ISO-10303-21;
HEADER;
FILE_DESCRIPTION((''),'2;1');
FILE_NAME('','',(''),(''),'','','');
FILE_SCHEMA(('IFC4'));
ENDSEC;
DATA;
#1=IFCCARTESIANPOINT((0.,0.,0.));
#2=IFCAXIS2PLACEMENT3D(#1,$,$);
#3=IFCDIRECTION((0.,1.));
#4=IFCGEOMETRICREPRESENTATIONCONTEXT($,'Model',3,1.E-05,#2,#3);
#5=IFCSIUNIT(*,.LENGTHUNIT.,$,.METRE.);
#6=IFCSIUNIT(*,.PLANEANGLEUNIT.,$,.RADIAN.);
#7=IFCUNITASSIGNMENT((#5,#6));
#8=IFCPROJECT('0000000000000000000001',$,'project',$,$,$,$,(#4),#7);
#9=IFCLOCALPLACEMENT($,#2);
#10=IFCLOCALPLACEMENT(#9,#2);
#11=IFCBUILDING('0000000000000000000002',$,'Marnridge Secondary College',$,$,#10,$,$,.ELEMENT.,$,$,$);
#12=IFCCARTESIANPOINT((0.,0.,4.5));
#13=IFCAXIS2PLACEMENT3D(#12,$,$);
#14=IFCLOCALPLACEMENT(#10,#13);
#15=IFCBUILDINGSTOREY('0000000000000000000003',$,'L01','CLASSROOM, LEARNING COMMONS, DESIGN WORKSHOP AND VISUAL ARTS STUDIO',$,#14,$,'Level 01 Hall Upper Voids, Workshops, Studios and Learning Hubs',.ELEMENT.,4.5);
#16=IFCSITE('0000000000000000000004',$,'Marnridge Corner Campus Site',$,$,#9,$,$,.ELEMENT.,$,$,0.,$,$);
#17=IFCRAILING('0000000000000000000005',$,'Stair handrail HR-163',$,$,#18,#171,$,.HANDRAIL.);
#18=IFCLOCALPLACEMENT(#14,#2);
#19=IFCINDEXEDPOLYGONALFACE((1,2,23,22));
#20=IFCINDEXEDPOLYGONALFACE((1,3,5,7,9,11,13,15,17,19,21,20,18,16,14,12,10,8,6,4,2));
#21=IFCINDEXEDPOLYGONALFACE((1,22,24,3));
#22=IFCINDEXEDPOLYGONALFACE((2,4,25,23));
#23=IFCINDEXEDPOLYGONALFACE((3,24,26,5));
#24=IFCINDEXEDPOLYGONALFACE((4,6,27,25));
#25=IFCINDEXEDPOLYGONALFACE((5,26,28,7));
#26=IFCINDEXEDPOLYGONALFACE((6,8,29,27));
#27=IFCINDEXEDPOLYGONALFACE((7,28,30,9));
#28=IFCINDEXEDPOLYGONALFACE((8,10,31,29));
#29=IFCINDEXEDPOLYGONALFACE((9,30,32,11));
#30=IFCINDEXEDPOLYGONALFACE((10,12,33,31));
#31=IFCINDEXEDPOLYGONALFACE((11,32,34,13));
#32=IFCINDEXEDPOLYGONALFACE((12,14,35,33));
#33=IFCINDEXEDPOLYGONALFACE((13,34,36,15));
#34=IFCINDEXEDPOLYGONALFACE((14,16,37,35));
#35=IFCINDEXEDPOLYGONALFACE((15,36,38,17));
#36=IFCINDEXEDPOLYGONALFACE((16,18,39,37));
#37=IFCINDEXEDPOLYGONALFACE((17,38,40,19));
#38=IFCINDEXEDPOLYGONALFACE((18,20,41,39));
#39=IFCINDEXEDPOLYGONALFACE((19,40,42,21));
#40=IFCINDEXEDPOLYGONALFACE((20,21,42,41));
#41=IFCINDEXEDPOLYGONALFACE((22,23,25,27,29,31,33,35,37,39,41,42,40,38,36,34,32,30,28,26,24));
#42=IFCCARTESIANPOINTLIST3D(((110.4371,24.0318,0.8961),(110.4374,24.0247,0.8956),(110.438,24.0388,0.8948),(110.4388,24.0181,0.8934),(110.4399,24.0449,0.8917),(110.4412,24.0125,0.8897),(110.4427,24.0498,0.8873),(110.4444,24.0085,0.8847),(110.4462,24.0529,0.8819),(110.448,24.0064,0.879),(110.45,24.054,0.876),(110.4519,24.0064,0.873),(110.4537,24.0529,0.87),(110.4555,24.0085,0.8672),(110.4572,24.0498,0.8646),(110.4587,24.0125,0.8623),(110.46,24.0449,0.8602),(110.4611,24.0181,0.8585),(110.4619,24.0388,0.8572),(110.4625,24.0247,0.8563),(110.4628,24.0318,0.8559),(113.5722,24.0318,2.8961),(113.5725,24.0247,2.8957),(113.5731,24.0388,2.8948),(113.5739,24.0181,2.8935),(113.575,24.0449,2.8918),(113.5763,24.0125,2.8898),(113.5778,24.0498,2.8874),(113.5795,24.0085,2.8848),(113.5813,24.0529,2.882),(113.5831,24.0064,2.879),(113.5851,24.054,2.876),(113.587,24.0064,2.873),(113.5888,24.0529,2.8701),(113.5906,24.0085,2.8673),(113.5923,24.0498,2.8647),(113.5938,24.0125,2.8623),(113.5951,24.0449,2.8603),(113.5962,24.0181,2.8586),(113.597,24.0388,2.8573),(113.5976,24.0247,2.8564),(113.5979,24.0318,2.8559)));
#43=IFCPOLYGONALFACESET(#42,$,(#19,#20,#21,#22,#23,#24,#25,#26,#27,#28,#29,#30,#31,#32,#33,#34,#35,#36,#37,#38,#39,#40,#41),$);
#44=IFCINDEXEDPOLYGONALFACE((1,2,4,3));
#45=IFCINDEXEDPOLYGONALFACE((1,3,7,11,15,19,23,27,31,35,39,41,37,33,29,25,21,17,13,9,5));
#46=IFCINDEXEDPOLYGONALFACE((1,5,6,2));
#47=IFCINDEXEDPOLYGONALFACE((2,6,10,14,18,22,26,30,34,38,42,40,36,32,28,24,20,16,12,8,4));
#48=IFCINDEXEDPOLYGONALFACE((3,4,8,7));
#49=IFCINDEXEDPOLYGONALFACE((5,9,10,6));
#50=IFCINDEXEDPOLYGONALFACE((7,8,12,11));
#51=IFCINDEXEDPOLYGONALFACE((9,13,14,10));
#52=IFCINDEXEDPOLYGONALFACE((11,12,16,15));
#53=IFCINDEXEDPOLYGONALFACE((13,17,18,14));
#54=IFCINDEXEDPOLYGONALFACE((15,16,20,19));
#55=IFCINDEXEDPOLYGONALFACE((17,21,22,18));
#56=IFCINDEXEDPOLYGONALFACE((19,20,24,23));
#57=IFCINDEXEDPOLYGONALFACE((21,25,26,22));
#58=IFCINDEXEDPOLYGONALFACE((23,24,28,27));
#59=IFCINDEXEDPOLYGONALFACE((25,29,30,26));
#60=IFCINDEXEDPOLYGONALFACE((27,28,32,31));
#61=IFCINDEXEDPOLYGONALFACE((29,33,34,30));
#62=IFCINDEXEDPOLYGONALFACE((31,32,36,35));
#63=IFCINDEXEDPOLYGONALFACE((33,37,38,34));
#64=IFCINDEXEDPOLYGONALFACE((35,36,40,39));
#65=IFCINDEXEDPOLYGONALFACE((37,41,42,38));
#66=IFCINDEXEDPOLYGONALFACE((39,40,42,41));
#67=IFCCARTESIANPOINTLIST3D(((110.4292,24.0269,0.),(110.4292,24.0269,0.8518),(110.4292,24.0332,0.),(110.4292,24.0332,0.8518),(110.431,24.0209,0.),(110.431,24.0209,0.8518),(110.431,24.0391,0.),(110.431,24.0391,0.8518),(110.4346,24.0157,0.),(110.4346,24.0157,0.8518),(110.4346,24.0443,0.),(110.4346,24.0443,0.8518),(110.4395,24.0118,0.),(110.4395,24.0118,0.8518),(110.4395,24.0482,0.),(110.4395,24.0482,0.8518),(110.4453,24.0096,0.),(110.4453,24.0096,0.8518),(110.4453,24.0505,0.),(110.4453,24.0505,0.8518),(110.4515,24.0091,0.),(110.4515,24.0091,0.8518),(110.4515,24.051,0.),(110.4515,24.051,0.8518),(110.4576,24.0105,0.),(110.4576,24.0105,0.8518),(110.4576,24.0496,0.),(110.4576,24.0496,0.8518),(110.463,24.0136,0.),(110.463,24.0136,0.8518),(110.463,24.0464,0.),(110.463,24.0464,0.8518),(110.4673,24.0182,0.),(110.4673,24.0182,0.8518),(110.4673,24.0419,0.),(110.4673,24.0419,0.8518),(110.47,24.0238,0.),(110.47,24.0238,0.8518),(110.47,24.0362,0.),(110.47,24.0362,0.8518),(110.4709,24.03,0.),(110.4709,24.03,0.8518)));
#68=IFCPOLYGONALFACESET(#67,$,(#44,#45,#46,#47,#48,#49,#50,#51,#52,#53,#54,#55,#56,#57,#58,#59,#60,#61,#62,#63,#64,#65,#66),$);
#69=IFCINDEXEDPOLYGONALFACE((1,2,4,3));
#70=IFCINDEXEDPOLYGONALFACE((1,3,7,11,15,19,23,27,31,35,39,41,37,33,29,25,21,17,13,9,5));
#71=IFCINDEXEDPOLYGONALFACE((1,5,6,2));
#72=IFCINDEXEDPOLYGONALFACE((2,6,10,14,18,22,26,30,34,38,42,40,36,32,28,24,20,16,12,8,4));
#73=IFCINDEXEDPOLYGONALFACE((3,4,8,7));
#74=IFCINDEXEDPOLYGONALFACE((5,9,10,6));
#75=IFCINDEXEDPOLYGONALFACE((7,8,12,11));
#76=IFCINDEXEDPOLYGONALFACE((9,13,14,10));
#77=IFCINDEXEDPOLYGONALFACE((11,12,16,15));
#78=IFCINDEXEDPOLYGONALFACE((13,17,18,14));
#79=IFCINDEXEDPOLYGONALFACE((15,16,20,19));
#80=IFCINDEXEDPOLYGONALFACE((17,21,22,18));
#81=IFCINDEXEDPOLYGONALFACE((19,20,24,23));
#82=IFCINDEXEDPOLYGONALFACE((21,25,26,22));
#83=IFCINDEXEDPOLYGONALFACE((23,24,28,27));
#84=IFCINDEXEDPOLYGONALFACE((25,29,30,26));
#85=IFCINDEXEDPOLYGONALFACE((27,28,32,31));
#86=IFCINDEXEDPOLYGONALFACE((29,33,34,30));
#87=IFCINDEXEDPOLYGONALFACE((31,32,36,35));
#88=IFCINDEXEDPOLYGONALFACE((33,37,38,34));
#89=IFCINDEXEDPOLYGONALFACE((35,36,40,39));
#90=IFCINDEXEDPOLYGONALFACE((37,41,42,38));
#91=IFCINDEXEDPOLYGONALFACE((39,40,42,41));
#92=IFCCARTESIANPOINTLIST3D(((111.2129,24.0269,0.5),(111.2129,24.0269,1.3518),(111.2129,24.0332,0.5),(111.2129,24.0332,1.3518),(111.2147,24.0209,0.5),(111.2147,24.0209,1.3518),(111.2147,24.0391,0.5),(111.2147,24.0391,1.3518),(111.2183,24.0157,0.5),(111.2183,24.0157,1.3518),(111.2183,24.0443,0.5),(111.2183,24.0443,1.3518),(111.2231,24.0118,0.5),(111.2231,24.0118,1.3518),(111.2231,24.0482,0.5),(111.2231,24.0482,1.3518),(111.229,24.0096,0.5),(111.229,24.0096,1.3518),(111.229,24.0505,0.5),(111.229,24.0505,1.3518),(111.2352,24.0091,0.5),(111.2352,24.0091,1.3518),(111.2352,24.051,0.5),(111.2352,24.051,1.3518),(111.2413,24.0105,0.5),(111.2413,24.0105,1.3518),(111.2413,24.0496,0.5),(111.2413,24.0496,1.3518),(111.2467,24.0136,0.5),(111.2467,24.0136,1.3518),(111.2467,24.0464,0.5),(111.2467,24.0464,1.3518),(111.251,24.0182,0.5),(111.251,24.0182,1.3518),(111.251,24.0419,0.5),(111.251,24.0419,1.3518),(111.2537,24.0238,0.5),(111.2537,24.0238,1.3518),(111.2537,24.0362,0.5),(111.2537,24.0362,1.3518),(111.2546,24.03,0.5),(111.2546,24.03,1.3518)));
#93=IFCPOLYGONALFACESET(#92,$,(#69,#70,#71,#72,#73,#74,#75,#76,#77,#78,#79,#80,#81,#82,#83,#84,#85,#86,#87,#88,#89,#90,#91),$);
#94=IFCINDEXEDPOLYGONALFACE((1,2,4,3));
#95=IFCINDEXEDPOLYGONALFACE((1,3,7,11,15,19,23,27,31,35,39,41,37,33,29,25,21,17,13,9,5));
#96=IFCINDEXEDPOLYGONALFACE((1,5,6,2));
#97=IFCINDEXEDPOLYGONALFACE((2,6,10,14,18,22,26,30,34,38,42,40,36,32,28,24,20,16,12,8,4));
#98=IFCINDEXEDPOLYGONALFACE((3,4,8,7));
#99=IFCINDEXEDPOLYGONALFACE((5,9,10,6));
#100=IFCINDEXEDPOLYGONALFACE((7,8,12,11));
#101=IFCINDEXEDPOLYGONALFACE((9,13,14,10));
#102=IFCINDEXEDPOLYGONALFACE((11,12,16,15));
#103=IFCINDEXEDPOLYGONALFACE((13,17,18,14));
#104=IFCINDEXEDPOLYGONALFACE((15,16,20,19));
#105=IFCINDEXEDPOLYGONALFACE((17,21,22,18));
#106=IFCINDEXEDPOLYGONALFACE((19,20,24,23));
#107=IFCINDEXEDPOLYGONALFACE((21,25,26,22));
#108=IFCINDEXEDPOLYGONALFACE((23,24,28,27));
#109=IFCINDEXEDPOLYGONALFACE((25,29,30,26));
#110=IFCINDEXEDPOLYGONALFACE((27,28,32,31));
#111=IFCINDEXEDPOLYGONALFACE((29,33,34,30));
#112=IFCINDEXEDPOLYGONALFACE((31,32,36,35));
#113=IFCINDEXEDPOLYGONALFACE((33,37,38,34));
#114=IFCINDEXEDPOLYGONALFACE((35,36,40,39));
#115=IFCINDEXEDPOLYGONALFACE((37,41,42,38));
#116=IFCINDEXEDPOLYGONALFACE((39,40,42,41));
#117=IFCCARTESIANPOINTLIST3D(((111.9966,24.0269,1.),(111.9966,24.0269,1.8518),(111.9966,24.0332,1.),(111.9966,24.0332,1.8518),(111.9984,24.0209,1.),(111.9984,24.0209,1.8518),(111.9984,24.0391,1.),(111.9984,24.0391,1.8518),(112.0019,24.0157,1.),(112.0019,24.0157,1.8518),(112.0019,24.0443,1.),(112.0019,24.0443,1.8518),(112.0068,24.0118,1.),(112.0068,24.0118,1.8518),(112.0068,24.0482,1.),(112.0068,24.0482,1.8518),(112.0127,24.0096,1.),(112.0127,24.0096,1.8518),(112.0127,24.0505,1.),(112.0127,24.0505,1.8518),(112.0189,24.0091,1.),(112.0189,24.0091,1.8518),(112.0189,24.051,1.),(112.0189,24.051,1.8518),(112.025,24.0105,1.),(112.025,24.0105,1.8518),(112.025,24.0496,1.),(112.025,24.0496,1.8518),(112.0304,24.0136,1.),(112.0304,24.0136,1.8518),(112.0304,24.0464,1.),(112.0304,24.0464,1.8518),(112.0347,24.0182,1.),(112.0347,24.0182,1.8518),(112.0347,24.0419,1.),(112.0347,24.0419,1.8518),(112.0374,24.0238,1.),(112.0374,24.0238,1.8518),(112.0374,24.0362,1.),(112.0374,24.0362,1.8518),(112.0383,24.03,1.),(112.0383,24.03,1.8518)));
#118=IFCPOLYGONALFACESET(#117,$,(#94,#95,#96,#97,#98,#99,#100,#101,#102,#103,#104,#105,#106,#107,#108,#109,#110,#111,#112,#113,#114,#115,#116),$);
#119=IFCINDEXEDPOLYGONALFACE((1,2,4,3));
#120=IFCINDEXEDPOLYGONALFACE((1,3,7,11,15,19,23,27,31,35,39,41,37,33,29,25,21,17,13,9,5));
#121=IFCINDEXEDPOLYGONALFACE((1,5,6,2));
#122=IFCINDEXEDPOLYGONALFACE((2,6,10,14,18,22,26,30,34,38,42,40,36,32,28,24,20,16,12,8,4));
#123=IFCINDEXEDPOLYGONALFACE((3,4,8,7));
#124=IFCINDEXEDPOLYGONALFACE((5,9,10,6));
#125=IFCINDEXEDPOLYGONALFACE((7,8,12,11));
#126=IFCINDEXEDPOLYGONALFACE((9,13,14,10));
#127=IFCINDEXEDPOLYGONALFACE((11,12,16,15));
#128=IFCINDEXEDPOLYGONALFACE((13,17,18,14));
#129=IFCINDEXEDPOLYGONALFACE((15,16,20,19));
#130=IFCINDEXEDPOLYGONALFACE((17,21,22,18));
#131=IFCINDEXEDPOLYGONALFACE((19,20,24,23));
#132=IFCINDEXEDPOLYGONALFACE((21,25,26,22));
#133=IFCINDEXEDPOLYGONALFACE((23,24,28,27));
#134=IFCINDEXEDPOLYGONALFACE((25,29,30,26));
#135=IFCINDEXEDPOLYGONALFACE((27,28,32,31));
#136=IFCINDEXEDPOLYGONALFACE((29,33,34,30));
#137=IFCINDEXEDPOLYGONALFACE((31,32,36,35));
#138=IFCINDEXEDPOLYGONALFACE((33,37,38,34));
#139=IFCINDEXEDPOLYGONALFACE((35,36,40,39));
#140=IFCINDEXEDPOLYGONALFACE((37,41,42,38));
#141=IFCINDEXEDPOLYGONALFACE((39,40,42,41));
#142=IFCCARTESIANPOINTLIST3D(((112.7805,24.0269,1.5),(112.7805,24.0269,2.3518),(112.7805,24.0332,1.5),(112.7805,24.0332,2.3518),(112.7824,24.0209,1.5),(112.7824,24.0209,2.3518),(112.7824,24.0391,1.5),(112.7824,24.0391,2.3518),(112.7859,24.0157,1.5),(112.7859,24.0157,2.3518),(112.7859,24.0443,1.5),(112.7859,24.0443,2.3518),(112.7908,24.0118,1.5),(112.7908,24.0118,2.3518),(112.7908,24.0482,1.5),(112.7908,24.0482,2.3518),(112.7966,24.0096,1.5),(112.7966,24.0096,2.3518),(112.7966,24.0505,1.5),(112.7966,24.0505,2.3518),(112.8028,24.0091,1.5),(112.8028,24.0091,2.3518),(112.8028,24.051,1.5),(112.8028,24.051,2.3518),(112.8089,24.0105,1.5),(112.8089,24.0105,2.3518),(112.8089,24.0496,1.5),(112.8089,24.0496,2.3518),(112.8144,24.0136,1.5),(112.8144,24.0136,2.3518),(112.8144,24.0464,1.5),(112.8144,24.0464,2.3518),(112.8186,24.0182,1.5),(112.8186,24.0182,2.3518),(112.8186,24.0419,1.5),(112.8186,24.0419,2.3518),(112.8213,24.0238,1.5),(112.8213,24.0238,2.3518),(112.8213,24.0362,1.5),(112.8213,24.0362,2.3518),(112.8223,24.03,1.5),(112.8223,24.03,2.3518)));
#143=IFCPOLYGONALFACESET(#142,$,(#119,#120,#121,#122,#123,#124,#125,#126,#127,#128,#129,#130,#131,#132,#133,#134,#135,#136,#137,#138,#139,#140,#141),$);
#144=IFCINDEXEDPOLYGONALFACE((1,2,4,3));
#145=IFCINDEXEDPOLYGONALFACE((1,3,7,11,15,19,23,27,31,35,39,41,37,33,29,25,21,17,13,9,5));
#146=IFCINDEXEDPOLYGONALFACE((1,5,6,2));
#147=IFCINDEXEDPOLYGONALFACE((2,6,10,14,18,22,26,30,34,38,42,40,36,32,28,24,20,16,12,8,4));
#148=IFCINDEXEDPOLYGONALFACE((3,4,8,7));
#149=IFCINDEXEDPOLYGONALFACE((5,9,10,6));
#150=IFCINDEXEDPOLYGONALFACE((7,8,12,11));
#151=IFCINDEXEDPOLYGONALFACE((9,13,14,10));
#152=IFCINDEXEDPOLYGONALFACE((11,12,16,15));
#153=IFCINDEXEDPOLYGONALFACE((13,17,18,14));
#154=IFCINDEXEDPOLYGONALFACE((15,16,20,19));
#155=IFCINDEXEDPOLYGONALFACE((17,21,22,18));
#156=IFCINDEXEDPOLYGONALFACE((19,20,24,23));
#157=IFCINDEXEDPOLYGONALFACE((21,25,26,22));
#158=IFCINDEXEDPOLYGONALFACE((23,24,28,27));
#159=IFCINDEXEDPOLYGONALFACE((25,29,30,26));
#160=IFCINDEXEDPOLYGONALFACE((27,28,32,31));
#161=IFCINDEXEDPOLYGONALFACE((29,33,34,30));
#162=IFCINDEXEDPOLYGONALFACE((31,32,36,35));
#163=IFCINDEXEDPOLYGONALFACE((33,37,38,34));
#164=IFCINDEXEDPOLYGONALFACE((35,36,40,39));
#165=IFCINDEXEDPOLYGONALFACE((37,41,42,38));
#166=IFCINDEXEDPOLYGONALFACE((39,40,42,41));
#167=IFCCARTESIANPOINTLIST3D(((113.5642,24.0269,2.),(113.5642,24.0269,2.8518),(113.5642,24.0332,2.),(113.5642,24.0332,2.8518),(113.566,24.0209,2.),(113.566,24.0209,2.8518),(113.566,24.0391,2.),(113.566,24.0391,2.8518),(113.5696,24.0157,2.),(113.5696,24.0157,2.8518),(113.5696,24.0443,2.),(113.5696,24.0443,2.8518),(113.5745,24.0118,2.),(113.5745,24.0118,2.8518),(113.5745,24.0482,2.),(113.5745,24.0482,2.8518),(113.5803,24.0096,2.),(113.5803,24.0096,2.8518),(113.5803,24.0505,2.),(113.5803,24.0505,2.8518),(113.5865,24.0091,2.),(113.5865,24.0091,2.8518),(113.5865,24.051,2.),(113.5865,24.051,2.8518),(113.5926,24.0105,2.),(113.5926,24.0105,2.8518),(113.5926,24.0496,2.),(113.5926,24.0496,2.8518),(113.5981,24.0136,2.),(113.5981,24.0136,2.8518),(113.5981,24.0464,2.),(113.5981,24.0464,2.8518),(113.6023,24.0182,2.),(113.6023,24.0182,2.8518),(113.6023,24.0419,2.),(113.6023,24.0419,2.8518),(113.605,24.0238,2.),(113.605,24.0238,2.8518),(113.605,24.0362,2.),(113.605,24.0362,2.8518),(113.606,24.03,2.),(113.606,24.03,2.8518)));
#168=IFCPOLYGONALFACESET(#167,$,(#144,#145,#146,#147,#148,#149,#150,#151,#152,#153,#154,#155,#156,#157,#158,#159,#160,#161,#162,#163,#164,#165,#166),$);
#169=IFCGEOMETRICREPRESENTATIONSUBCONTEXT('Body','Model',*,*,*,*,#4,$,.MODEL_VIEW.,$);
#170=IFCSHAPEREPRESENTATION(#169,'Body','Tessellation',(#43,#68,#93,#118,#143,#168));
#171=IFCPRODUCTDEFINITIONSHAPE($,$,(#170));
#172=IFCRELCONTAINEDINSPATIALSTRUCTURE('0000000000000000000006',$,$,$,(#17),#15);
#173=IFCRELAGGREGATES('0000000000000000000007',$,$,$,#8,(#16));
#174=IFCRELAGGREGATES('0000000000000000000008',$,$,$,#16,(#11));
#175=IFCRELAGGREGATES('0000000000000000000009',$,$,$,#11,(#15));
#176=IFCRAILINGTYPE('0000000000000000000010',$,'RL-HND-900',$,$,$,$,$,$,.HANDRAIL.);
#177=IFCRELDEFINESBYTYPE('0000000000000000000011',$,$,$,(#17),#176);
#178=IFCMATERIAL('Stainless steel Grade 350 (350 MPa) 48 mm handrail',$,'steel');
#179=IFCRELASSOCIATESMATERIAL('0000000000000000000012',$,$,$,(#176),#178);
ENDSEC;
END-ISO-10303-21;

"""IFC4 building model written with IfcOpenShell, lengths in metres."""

from ifc_helpers import new_model, si_unit, direction, frame, origin, origin_2d, place, context, subcontext, project, spatial, circle, extrude, material, type_object, element, save


model = new_model("IFC4")

# Units and contexts
model_context = context("Model", 3, precision=1e-05, world=origin(), true_north=direction((0.0, 1.0)))
body_context = subcontext(model_context, "Body", "Model", "MODEL_VIEW")
ifc_project = project(units=[si_unit("LENGTHUNIT", "METRE"), si_unit("PLANEANGLEUNIT", "RADIAN")], contexts=[model_context])

# Site, building, storey
site_placement = place(None, origin())
site = spatial("IfcSite", under=ifc_project, at=site_placement, Name="Marnridge Corner Campus Site", CompositionType="ELEMENT", RefElevation=0.0)
building_placement = place(site_placement, origin())
building = spatial("IfcBuilding", under=site, at=building_placement, Name="Marnridge Secondary College", CompositionType="ELEMENT")
storey_placement = place(building_placement, frame((0.0, 0.0, 4.5)))
storey = spatial("IfcBuildingStorey", under=building, at=storey_placement, Name="L01", Description="CLASSROOM, LEARNING COMMONS, DESIGN WORKSHOP AND VISUAL ARTS STUDIO", LongName="Level 01 Hall Upper Voids, Workshops, Studios and Learning Hubs", CompositionType="ELEMENT", Elevation=4.5)

# Railing
ifc_material_1 = material(Name="Stainless steel Grade 350 (350 MPa) 48 mm handrail", Category="steel")
railing_type_1 = type_object("IfcRailingType", Name="RL-HND-900", PredefinedType="HANDRAIL", material=ifc_material_1)
for number, where, name in (
    (1, (110.45, 24.03, 0.0), "Stair handrail HR-163"),
):
    element("IfcRailing", number, at=place(storey_placement, frame(where)), inside=storey, type_object=railing_type_1, Name=name, PredefinedType="HANDRAIL", context=body_context, shape_type="SweptSolid", body=[
        extrude(circle(Radius=0.0239, at=origin_2d()), frame((0.0, 0.0, 0.876), z_axis=(0.843053, 0.0, 0.537831), x_axis=(0.0, 1.0, 0.0)), (0.0, 0.0, 1.0), 3.7188),
        extrude(circle(Radius=0.021, at=origin_2d()), origin(), (0.0, 0.0, 1.0), 0.8518),
        extrude(circle(Radius=0.021, at=origin_2d()), frame((0.7837, 0.0, 0.5)), (0.0, 0.0, 1.0), 0.8518),
        extrude(circle(Radius=0.021, at=origin_2d()), frame((1.5674, 0.0, 1.0)), (0.0, 0.0, 1.0), 0.8518),
        extrude(circle(Radius=0.021, at=origin_2d()), frame((2.3513, 0.0, 1.5)), (0.0, 0.0, 1.0), 0.8518),
        extrude(circle(Radius=0.021, at=origin_2d()), frame((3.135, 0.0, 2.0)), (0.0, 0.0, 1.0), 0.8518),
    ])

save(model, "model.ifc")
